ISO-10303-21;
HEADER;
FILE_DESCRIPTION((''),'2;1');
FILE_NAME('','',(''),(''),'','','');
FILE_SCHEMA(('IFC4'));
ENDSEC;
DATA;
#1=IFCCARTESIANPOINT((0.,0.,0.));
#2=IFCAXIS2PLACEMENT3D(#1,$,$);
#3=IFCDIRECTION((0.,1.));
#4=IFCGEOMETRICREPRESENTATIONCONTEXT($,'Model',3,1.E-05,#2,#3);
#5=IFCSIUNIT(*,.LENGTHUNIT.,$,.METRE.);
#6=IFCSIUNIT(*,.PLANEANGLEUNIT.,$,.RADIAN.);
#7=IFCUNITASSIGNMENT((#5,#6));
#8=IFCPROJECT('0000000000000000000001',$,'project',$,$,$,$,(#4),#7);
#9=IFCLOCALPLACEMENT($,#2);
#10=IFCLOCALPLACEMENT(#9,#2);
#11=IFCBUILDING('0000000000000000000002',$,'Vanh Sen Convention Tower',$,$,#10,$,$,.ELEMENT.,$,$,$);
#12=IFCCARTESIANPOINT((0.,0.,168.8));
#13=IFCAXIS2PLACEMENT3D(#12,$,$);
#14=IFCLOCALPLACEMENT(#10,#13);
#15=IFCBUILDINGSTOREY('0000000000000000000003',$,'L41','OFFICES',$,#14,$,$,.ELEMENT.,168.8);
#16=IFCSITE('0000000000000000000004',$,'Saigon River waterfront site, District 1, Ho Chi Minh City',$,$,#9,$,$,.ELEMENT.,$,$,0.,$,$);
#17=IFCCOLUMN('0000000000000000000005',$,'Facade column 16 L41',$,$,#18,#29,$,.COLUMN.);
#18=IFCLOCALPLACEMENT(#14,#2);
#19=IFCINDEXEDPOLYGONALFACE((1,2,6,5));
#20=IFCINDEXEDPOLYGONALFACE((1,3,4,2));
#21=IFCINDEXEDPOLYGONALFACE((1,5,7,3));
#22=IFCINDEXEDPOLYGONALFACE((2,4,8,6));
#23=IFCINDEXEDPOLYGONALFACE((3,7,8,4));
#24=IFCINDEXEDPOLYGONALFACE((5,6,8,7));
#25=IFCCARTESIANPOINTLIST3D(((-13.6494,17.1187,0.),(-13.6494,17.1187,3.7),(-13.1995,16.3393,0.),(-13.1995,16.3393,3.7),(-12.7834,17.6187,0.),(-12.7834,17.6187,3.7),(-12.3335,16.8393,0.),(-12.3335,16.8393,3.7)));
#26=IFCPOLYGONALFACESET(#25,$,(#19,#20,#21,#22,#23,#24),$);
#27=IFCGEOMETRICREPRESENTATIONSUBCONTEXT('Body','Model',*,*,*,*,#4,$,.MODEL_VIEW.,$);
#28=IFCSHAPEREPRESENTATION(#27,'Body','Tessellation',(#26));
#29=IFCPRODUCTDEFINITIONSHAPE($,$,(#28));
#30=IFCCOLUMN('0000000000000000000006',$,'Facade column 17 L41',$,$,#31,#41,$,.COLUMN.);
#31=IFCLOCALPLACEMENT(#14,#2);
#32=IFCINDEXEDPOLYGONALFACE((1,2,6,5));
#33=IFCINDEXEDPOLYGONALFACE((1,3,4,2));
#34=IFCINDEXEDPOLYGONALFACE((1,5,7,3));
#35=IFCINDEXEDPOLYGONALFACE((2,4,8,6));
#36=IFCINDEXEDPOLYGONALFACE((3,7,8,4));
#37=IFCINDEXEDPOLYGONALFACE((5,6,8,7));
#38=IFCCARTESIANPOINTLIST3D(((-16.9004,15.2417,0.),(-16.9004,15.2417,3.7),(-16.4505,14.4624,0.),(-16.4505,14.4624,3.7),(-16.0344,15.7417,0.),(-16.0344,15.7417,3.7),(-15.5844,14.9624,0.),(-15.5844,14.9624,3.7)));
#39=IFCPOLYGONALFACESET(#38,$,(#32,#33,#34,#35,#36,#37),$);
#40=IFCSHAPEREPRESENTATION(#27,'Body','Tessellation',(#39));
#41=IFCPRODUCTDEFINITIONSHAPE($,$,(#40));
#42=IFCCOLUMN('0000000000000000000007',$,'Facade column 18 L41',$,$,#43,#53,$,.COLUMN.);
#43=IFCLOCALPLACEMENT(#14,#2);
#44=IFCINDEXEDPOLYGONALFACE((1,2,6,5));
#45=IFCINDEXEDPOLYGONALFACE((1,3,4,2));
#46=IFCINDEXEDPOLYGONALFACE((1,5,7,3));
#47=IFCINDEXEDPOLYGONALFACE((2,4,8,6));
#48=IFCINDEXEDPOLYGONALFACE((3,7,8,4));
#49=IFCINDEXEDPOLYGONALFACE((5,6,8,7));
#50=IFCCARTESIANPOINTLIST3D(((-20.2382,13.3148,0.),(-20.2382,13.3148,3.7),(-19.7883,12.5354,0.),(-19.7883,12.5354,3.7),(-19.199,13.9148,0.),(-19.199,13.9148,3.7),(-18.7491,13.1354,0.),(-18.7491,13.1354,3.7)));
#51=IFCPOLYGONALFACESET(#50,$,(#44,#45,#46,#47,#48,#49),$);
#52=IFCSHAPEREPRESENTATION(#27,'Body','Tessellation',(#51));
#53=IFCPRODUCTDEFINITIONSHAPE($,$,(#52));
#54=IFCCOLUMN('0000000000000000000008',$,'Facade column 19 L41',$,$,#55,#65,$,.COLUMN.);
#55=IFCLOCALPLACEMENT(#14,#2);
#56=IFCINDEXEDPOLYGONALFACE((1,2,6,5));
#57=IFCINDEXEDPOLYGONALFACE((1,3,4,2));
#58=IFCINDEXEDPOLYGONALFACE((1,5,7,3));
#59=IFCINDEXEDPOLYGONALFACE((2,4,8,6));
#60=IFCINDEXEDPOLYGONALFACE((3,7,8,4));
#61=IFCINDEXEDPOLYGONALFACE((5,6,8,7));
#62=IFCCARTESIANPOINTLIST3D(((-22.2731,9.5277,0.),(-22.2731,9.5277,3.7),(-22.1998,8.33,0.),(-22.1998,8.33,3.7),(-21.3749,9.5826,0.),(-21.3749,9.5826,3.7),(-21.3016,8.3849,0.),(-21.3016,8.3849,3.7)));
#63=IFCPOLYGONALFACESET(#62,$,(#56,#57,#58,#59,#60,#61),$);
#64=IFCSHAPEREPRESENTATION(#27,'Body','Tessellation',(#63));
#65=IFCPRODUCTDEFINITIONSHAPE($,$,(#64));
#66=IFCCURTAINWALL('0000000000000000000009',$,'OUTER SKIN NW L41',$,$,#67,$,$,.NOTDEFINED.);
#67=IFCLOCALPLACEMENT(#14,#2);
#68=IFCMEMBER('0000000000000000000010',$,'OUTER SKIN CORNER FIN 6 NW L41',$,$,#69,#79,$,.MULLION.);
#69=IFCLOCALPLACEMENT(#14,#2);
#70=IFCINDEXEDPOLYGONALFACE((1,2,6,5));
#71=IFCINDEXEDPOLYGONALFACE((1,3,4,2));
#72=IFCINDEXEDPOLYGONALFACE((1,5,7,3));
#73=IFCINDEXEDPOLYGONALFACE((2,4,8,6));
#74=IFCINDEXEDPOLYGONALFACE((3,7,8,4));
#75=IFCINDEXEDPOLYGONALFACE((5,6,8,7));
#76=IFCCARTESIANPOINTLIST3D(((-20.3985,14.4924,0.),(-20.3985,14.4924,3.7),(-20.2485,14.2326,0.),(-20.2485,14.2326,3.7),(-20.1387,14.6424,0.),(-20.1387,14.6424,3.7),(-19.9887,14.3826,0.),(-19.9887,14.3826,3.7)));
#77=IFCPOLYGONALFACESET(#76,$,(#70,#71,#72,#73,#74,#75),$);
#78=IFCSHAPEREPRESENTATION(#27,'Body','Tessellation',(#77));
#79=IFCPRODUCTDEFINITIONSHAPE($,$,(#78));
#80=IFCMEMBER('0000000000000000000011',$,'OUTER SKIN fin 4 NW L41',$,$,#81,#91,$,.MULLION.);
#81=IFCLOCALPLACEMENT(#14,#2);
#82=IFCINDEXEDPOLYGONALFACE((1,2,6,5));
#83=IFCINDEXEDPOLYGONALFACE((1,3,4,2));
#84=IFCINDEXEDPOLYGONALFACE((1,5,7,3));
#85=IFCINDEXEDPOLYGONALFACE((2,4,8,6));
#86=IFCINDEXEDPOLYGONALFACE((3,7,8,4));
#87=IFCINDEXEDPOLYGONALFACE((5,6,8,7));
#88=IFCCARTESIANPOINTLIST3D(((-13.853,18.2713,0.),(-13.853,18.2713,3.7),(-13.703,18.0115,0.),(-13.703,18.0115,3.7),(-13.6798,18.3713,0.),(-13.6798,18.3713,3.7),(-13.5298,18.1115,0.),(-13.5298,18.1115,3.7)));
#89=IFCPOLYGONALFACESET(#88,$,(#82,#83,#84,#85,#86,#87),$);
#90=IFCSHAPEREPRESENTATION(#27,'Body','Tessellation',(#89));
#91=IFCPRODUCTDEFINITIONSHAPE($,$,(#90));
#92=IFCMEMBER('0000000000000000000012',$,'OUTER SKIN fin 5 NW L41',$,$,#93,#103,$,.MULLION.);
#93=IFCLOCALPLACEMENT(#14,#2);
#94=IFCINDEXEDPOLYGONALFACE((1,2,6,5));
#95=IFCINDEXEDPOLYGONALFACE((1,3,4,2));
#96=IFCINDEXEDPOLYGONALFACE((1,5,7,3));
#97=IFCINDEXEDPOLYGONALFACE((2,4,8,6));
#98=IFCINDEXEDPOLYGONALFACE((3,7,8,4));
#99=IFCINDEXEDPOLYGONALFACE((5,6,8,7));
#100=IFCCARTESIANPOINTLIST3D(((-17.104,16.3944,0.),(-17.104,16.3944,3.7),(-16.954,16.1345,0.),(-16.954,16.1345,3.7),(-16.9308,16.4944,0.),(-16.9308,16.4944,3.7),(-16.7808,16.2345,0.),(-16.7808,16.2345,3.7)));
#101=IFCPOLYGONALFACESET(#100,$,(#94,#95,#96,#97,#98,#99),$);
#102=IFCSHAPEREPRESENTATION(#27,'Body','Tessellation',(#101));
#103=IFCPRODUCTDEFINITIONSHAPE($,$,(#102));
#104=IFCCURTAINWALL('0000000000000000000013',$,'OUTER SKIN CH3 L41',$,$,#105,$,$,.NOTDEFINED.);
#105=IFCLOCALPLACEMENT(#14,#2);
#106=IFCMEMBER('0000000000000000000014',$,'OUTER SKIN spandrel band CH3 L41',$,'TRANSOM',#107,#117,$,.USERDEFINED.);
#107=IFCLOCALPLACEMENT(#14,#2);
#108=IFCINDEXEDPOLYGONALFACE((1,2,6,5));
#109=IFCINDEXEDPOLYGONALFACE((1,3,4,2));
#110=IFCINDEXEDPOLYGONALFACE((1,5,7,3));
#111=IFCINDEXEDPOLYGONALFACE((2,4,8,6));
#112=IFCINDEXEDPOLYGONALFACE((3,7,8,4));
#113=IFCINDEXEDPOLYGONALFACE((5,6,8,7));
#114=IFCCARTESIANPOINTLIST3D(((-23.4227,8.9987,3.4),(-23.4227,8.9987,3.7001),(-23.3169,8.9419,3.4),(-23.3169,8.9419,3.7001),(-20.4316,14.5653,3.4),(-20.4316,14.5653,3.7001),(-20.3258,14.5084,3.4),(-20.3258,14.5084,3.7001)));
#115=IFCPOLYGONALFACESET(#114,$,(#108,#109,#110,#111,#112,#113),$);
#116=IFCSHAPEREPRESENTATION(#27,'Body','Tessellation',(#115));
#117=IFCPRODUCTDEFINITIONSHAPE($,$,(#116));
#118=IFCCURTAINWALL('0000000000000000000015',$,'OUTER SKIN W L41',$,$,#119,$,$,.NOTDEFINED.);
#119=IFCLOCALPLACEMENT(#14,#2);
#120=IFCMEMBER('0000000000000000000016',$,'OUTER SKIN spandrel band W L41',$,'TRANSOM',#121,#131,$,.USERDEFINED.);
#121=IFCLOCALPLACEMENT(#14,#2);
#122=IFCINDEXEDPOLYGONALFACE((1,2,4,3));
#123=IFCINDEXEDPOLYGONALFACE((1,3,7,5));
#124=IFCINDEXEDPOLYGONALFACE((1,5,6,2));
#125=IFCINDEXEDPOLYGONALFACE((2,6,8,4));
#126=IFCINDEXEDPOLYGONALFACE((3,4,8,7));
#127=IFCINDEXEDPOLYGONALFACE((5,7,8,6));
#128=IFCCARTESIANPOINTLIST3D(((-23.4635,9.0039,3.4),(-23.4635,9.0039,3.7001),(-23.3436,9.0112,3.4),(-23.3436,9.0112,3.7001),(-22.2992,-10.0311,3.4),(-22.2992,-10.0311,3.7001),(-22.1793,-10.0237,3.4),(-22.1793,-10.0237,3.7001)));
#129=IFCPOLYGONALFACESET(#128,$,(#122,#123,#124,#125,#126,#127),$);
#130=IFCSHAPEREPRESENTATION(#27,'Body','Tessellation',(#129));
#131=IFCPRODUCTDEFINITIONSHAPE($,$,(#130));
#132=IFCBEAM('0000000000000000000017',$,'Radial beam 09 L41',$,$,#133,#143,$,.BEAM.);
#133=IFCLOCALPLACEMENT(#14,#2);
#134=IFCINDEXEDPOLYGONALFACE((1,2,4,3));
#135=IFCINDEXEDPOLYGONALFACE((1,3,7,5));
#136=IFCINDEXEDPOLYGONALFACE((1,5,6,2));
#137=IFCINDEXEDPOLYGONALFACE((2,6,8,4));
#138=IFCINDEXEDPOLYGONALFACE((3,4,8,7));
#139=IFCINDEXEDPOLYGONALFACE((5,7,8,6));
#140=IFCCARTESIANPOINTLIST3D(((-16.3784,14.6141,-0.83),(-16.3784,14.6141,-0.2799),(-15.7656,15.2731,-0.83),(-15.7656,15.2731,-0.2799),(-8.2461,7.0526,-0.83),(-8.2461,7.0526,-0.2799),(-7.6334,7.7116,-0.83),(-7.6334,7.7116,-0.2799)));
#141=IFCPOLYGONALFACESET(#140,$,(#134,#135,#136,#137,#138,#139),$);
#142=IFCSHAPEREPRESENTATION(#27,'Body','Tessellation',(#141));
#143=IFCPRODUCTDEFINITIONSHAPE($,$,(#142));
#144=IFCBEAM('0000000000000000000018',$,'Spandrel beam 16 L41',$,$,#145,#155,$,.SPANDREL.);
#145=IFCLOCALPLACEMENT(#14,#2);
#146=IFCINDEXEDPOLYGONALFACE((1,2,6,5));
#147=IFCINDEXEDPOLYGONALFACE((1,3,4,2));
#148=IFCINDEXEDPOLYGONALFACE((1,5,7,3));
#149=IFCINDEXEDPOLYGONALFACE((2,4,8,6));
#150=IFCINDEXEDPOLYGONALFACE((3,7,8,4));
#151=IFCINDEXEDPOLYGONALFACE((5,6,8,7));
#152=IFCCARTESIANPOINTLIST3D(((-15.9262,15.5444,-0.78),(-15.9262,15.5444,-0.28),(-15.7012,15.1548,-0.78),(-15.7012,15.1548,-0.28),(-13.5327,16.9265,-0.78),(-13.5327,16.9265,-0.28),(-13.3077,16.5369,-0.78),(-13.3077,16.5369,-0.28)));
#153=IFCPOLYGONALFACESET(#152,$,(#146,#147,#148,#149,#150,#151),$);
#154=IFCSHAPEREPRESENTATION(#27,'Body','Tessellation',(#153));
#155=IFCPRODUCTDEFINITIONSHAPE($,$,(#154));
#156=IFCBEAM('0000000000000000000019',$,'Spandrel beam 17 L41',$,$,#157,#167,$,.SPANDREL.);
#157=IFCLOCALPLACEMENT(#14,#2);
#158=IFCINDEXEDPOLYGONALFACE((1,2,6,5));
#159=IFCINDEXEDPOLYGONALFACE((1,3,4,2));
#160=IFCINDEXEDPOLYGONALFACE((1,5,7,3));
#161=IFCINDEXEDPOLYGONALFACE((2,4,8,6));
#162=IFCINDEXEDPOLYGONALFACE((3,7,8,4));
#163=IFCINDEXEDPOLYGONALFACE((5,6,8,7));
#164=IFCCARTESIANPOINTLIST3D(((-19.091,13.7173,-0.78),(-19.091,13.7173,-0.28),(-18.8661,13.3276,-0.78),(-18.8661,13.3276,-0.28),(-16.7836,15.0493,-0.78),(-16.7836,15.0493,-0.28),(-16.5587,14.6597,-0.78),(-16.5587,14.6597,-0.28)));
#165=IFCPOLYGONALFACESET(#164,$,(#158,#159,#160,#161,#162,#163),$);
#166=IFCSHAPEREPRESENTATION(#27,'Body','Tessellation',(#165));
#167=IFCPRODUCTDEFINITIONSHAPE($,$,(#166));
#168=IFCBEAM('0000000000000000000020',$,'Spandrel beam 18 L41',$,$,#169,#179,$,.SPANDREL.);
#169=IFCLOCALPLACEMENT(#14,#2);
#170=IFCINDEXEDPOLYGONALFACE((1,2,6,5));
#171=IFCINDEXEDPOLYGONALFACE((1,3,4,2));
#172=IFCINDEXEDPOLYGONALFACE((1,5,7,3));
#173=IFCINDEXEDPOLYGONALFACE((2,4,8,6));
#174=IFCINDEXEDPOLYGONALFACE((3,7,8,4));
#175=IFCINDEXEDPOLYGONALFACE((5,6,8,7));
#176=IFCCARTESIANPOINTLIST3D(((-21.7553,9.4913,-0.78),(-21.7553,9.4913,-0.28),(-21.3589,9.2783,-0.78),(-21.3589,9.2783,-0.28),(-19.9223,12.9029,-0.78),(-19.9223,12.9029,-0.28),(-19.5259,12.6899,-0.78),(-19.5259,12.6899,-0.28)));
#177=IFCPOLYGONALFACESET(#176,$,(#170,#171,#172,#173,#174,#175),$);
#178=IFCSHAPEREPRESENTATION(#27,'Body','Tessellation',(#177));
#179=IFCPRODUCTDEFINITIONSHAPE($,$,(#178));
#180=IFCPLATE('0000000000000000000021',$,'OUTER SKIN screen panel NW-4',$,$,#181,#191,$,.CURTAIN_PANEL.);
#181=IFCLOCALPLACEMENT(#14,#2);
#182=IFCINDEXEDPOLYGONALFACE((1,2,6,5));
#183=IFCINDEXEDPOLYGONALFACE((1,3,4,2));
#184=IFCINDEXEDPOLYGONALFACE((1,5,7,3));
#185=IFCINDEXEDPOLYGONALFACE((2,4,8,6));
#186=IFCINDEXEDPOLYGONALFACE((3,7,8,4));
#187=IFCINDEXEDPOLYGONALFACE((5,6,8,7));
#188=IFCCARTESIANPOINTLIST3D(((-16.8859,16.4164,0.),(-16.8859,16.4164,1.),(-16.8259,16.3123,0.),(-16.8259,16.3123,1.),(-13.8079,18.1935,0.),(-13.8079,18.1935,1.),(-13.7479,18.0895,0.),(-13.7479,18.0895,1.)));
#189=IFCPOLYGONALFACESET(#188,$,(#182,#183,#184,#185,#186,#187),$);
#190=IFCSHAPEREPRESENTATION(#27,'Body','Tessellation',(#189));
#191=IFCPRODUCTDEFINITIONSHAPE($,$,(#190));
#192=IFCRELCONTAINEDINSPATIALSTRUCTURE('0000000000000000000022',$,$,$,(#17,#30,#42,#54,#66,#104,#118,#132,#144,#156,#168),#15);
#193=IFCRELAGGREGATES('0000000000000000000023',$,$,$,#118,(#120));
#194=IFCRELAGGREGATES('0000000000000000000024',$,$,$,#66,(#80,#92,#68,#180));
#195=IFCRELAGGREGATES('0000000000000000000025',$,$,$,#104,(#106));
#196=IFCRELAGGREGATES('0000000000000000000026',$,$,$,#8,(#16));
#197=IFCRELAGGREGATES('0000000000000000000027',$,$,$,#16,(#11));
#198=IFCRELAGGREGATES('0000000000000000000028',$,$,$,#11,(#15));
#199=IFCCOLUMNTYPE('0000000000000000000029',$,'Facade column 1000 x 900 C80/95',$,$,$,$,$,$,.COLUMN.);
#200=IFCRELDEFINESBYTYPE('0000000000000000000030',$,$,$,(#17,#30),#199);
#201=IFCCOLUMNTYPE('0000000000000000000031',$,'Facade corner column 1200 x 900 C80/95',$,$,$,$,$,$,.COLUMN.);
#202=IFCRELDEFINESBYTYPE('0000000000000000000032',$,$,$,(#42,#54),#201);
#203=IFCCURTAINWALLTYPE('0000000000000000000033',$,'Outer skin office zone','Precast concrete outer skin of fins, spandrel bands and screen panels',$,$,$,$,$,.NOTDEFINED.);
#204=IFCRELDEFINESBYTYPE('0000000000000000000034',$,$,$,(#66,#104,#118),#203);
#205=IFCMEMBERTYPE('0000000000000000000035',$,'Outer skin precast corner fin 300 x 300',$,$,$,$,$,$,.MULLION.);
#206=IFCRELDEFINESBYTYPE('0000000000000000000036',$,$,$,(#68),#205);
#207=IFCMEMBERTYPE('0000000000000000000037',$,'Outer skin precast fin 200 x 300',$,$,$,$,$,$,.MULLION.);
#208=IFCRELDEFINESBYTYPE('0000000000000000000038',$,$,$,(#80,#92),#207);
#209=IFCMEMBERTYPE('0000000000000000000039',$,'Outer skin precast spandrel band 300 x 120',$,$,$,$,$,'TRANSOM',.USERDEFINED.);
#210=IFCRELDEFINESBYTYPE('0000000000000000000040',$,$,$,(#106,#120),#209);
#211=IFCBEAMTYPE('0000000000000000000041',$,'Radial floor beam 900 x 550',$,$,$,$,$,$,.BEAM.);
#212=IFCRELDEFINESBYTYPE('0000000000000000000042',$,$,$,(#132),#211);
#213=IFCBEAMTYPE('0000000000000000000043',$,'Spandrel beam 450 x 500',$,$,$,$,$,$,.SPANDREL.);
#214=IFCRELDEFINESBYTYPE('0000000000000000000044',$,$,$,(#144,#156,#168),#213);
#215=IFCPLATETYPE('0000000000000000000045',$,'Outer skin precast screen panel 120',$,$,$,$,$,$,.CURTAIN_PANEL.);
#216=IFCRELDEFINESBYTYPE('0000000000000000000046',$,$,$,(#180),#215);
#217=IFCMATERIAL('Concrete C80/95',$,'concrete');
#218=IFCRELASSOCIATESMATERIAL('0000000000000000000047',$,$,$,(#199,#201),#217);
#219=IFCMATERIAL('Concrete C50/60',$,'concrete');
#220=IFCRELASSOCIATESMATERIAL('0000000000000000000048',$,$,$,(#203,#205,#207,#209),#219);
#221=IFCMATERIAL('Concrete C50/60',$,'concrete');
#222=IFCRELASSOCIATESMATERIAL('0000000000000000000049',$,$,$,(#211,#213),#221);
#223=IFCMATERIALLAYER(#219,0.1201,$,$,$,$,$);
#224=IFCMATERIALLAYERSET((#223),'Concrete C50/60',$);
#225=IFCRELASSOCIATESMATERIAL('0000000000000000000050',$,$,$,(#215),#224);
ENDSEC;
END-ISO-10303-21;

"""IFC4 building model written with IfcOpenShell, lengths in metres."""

from ifc_helpers import new_model, si_unit, direction, frame, origin, origin_2d, place, context, subcontext, project, spatial, rectangle, extrude, material, layer, layer_set, material_profile, profile_set, type_object, element, aggregate, save


model = new_model("IFC4")

# Units and contexts
model_context = context("Model", 3, precision=1e-05, world=origin(), true_north=direction((0.0, 1.0)))
body_context = subcontext(model_context, "Body", "Model", "MODEL_VIEW")
ifc_project = project(units=[si_unit("LENGTHUNIT", "METRE"), si_unit("PLANEANGLEUNIT", "RADIAN")], contexts=[model_context])

# Site, building, storey
site_placement = place(None, origin())
site = spatial("IfcSite", under=ifc_project, at=site_placement, Name="Saigon River waterfront site, District 1, Ho Chi Minh City", CompositionType="ELEMENT", RefElevation=0.0)
building_placement = place(site_placement, origin())
building = spatial("IfcBuilding", under=site, at=building_placement, Name="Vanh Sen Convention Tower", CompositionType="ELEMENT")
storey_placement = place(building_placement, frame((0.0, 0.0, 168.8)))
storey = spatial("IfcBuildingStorey", under=building, at=storey_placement, Name="L41", Description="OFFICES", CompositionType="ELEMENT", Elevation=168.8)

# Columns
ifc_material_1 = material(Name="Concrete C80/95", Category="concrete")
ifc_material_profile_1 = material_profile(ifc_material_1, rectangle(XDim=1.0, YDim=0.8999, at=origin_2d()), Name="RC 1000X900")
ifc_profile_set_1 = profile_set([ifc_material_profile_1], Name="Concrete C80/95")
column_type_1 = type_object("IfcColumnType", Name="Facade column 1000 x 900 C80/95", PredefinedType="COLUMN", material=ifc_profile_set_1)
for number, where, z_axis, x_axis, name in (
    (1, (-12.9915, 16.979, 0.0), (0.0, 0.0, 1.0), (-0.866025, -0.5, 0.0), "Facade column 16 L41"),
    (2, (-16.2424, 15.1021, 0.0), (0.0, 0.0, 1.0), (-0.866025, -0.5, 0.0), "Facade column 17 L41"),
):
    element("IfcColumn", number, at=place(storey_placement, frame(where, z_axis=z_axis, x_axis=x_axis)), inside=storey, type_object=column_type_1, Name=name, PredefinedType="COLUMN", context=body_context, shape_type="SweptSolid", body=[
        extrude(rectangle(XDim=1.0, YDim=0.8999, at=origin_2d()), origin(), (0.0, 0.0, 1.0), 3.7),
    ])
ifc_material_profile_2 = material_profile(ifc_material_1, rectangle(XDim=1.2, YDim=0.8999, at=origin_2d()), Name="RC 1200X900")
ifc_profile_set_2 = profile_set([ifc_material_profile_2], Name="Concrete C80/95")
column_type_2 = type_object("IfcColumnType", Name="Facade corner column 1200 x 900 C80/95", PredefinedType="COLUMN", material=ifc_profile_set_2)
for number, where, z_axis, x_axis, name in (
    (3, (-19.4937, 13.2251, 0.0), (0.0, 0.0, 1.0), (-0.866025, -0.5, 0.0), "Facade column 18 L41"),
    (4, (-21.7874, 8.9563, 0.0), (0.0, 0.0, 1.0), (0.061049, -0.998135, 0.0), "Facade column 19 L41"),
):
    element("IfcColumn", number, at=place(storey_placement, frame(where, z_axis=z_axis, x_axis=x_axis)), inside=storey, type_object=column_type_2, Name=name, PredefinedType="COLUMN", context=body_context, shape_type="SweptSolid", body=[
        extrude(rectangle(XDim=1.2, YDim=0.8999, at=origin_2d()), origin(), (0.0, 0.0, 1.0), 3.7),
    ])

# Curtain wall, members
ifc_material_2 = material(Name="Concrete C50/60", Category="concrete")
curtain_wall_type = type_object("IfcCurtainWallType", Name="Outer skin office zone", Description="Precast concrete outer skin of fins, spandrel bands and screen panels", PredefinedType="NOTDEFINED", material=ifc_material_2)
curtain_wall_1_placement = place(storey_placement, origin())
curtain_wall_1 = element("IfcCurtainWall", 5, at=curtain_wall_1_placement, inside=storey, type_object=curtain_wall_type, Name="OUTER SKIN NW L41", PredefinedType="NOTDEFINED")
ifc_material_profile_3 = material_profile(ifc_material_2, rectangle(XDim=0.3, YDim=0.3, at=origin_2d()), Name="Outer skin precast corner fin 300 x 300")
ifc_profile_set_3 = profile_set([ifc_material_profile_3], Name="Concrete C50/60")
member_type_1 = type_object("IfcMemberType", Name="Outer skin precast corner fin 300 x 300", PredefinedType="MULLION", material=ifc_profile_set_3)
member_1_placement = place(storey_placement, frame((-20.1936, 14.4375, 0.0), z_axis=(0.0, 0.0, 1.0), x_axis=(-0.866025, -0.5, 0.0)))
member_1 = element("IfcMember", 6, at=member_1_placement, type_object=member_type_1, Name="OUTER SKIN CORNER FIN 6 NW L41", PredefinedType="MULLION", context=body_context, shape_type="SweptSolid", body=[
    extrude(rectangle(XDim=0.3, YDim=0.3, at=origin_2d()), origin(), (0.0, 0.0, 1.0), 3.7),
])
ifc_material_profile_4 = material_profile(ifc_material_2, rectangle(XDim=0.2, YDim=0.3, at=origin_2d()), Name="Outer skin precast fin 200 x 300")
ifc_profile_set_4 = profile_set([ifc_material_profile_4], Name="Concrete C50/60")
member_type_2 = type_object("IfcMemberType", Name="Outer skin precast fin 200 x 300", PredefinedType="MULLION", material=ifc_profile_set_4)
member_2_placement = place(storey_placement, frame((-13.6914, 18.1914, 0.0), z_axis=(0.0, 0.0, 1.0), x_axis=(-0.866025, -0.5, 0.0)))
member_2 = element("IfcMember", 7, at=member_2_placement, type_object=member_type_2, Name="OUTER SKIN fin 4 NW L41", PredefinedType="MULLION", context=body_context, shape_type="SweptSolid", body=[
    extrude(rectangle(XDim=0.2, YDim=0.3, at=origin_2d()), origin(), (0.0, 0.0, 1.0), 3.7),
])
member_3_placement = place(storey_placement, frame((-16.9424, 16.3145, 0.0), z_axis=(0.0, 0.0, 1.0), x_axis=(-0.866025, -0.5, 0.0)))
member_3 = element("IfcMember", 8, at=member_3_placement, type_object=member_type_2, Name="OUTER SKIN fin 5 NW L41", PredefinedType="MULLION", context=body_context, shape_type="SweptSolid", body=[
    extrude(rectangle(XDim=0.2, YDim=0.3, at=origin_2d()), origin(), (0.0, 0.0, 1.0), 3.7),
])

# Curtain walls, members
curtain_wall_2_placement = place(storey_placement, origin())
curtain_wall_2 = element("IfcCurtainWall", 9, at=curtain_wall_2_placement, inside=storey, type_object=curtain_wall_type, Name="OUTER SKIN CH3 L41", PredefinedType="NOTDEFINED")
ifc_material_profile_5 = material_profile(ifc_material_2, rectangle(XDim=0.1201, YDim=0.3, at=origin_2d()), Name="Outer skin precast spandrel band 300 x 120")
ifc_profile_set_5 = profile_set([ifc_material_profile_5], Name="Concrete C50/60")
member_type_3 = type_object("IfcMemberType", Name="Outer skin precast spandrel band 300 x 120", ElementType="TRANSOM", PredefinedType="USERDEFINED", material=ifc_profile_set_5)
member_4_placement = place(storey_placement, frame((-20.3787, 14.5369, 3.55), z_axis=(-0.473337, -0.880881, 0.0), x_axis=(0.880881, -0.473337, 0.0)))
member_4 = element("IfcMember", 10, at=member_4_placement, type_object=member_type_3, Name="OUTER SKIN spandrel band CH3 L41", ObjectType="TRANSOM", PredefinedType="USERDEFINED", context=body_context, shape_type="SweptSolid", body=[
    extrude(rectangle(XDim=0.1201, YDim=0.3, at=origin_2d()), origin(), (0.0, 0.0, 1.0), 6.3193),
])
curtain_wall_3_placement = place(storey_placement, origin())
curtain_wall_3 = element("IfcCurtainWall", 11, at=curtain_wall_3_placement, inside=storey, type_object=curtain_wall_type, Name="OUTER SKIN W L41", PredefinedType="NOTDEFINED")
member_5_placement = place(storey_placement, frame((-23.4036, 9.0076, 3.55), z_axis=(0.061053, -0.998135, 0.0), x_axis=(0.998135, 0.061053, 0.0)))
member_5 = element("IfcMember", 12, at=member_5_placement, type_object=member_type_3, Name="OUTER SKIN spandrel band W L41", ObjectType="TRANSOM", PredefinedType="USERDEFINED", context=body_context, shape_type="SweptSolid", body=[
    extrude(rectangle(XDim=0.1201, YDim=0.3, at=origin_2d()), origin(), (0.0, 0.0, 1.0), 19.0706),
])
aggregate(curtain_wall_3, [member_5])

# Beams
ifc_material_3 = material(Name="Concrete C50/60", Category="concrete")
ifc_material_profile_6 = material_profile(ifc_material_3, rectangle(XDim=0.8999, YDim=0.55, at=origin_2d()), Name="RC 900X550")
ifc_profile_set_6 = profile_set([ifc_material_profile_6], Name="Concrete C50/60")
beam_type_1 = type_object("IfcBeamType", Name="Radial floor beam 900 x 550", PredefinedType="BEAM", material=ifc_profile_set_6)
beam_1_placement = place(storey_placement, frame((-16.072, 14.9436, -0.5549), z_axis=(0.732341, -0.680938, 0.0), x_axis=(0.680938, 0.732341, 0.0)))
element("IfcBeam", 13, at=beam_1_placement, inside=storey, type_object=beam_type_1, Name="Radial beam 09 L41", PredefinedType="BEAM", context=body_context, shape_type="SweptSolid", body=[
    extrude(rectangle(XDim=0.8999, YDim=0.55, at=origin_2d()), origin(), (0.0, 0.0, 1.0), 11.1045),
])
ifc_material_profile_7 = material_profile(ifc_material_3, rectangle(XDim=0.45, YDim=0.5, at=origin_2d()), Name="RC 450X500")
ifc_profile_set_7 = profile_set([ifc_material_profile_7], Name="Concrete C50/60")
beam_type_2 = type_object("IfcBeamType", Name="Spandrel beam 450 x 500", PredefinedType="SPANDREL", material=ifc_profile_set_7)
beam_2_placement = place(storey_placement, frame((-13.4202, 16.7317, -0.53), z_axis=(-0.866, -0.500044, 0.0), x_axis=(0.500044, -0.866, 0.0)))
element("IfcBeam", 14, at=beam_2_placement, inside=storey, type_object=beam_type_2, Name="Spandrel beam 16 L41", PredefinedType="SPANDREL", context=body_context, shape_type="SweptSolid", body=[
    extrude(rectangle(XDim=0.45, YDim=0.5, at=origin_2d()), origin(), (0.0, 0.0, 1.0), 2.7639),
])
beam_3_placement = place(storey_placement, frame((-16.6711, 14.8545, -0.53), z_axis=(-0.866047, -0.499963, 0.0), x_axis=(0.499963, -0.866047, 0.0)))
element("IfcBeam", 15, at=beam_3_placement, inside=storey, type_object=beam_type_2, Name="Spandrel beam 17 L41", PredefinedType="SPANDREL", context=body_context, shape_type="SweptSolid", body=[
    extrude(rectangle(XDim=0.45, YDim=0.5, at=origin_2d()), origin(), (0.0, 0.0, 1.0), 2.6643),
])
beam_4_placement = place(storey_placement, frame((-19.7241, 12.7964, -0.53), z_axis=(-0.473295, -0.880904, 0.0), x_axis=(0.880904, -0.473295, 0.0)))
element("IfcBeam", 16, at=beam_4_placement, inside=storey, type_object=beam_type_2, Name="Spandrel beam 18 L41", PredefinedType="SPANDREL", context=body_context, shape_type="SweptSolid", body=[
    extrude(rectangle(XDim=0.45, YDim=0.5, at=origin_2d()), origin(), (0.0, 0.0, 1.0), 3.8728),
])

# Plate
ifc_layer_1 = layer(ifc_material_2, 0.1201)
ifc_layer_set_1 = layer_set([ifc_layer_1], Name="Concrete C50/60")
plate_type = type_object("IfcPlateType", Name="Outer skin precast screen panel 120", PredefinedType="CURTAIN_PANEL", material=ifc_layer_set_1)
plate_1_placement = place(storey_placement, frame((-15.3169, 17.2529, 0.0), z_axis=(0.0, 0.0, 1.0), x_axis=(-0.866017, -0.500015, 0.0)))
plate_1 = element("IfcPlate", 17, at=plate_1_placement, type_object=plate_type, Name="OUTER SKIN screen panel NW-4", PredefinedType="CURTAIN_PANEL", context=body_context, shape_type="SweptSolid", body=[
    extrude(rectangle(XDim=3.5542, YDim=0.1201, at=origin_2d()), origin(), (0.0, 0.0, 1.0), 1.0),
])
aggregate(curtain_wall_1, [member_2, member_3, member_1, plate_1])
aggregate(curtain_wall_2, [member_4])

save(model, "model.ifc")
